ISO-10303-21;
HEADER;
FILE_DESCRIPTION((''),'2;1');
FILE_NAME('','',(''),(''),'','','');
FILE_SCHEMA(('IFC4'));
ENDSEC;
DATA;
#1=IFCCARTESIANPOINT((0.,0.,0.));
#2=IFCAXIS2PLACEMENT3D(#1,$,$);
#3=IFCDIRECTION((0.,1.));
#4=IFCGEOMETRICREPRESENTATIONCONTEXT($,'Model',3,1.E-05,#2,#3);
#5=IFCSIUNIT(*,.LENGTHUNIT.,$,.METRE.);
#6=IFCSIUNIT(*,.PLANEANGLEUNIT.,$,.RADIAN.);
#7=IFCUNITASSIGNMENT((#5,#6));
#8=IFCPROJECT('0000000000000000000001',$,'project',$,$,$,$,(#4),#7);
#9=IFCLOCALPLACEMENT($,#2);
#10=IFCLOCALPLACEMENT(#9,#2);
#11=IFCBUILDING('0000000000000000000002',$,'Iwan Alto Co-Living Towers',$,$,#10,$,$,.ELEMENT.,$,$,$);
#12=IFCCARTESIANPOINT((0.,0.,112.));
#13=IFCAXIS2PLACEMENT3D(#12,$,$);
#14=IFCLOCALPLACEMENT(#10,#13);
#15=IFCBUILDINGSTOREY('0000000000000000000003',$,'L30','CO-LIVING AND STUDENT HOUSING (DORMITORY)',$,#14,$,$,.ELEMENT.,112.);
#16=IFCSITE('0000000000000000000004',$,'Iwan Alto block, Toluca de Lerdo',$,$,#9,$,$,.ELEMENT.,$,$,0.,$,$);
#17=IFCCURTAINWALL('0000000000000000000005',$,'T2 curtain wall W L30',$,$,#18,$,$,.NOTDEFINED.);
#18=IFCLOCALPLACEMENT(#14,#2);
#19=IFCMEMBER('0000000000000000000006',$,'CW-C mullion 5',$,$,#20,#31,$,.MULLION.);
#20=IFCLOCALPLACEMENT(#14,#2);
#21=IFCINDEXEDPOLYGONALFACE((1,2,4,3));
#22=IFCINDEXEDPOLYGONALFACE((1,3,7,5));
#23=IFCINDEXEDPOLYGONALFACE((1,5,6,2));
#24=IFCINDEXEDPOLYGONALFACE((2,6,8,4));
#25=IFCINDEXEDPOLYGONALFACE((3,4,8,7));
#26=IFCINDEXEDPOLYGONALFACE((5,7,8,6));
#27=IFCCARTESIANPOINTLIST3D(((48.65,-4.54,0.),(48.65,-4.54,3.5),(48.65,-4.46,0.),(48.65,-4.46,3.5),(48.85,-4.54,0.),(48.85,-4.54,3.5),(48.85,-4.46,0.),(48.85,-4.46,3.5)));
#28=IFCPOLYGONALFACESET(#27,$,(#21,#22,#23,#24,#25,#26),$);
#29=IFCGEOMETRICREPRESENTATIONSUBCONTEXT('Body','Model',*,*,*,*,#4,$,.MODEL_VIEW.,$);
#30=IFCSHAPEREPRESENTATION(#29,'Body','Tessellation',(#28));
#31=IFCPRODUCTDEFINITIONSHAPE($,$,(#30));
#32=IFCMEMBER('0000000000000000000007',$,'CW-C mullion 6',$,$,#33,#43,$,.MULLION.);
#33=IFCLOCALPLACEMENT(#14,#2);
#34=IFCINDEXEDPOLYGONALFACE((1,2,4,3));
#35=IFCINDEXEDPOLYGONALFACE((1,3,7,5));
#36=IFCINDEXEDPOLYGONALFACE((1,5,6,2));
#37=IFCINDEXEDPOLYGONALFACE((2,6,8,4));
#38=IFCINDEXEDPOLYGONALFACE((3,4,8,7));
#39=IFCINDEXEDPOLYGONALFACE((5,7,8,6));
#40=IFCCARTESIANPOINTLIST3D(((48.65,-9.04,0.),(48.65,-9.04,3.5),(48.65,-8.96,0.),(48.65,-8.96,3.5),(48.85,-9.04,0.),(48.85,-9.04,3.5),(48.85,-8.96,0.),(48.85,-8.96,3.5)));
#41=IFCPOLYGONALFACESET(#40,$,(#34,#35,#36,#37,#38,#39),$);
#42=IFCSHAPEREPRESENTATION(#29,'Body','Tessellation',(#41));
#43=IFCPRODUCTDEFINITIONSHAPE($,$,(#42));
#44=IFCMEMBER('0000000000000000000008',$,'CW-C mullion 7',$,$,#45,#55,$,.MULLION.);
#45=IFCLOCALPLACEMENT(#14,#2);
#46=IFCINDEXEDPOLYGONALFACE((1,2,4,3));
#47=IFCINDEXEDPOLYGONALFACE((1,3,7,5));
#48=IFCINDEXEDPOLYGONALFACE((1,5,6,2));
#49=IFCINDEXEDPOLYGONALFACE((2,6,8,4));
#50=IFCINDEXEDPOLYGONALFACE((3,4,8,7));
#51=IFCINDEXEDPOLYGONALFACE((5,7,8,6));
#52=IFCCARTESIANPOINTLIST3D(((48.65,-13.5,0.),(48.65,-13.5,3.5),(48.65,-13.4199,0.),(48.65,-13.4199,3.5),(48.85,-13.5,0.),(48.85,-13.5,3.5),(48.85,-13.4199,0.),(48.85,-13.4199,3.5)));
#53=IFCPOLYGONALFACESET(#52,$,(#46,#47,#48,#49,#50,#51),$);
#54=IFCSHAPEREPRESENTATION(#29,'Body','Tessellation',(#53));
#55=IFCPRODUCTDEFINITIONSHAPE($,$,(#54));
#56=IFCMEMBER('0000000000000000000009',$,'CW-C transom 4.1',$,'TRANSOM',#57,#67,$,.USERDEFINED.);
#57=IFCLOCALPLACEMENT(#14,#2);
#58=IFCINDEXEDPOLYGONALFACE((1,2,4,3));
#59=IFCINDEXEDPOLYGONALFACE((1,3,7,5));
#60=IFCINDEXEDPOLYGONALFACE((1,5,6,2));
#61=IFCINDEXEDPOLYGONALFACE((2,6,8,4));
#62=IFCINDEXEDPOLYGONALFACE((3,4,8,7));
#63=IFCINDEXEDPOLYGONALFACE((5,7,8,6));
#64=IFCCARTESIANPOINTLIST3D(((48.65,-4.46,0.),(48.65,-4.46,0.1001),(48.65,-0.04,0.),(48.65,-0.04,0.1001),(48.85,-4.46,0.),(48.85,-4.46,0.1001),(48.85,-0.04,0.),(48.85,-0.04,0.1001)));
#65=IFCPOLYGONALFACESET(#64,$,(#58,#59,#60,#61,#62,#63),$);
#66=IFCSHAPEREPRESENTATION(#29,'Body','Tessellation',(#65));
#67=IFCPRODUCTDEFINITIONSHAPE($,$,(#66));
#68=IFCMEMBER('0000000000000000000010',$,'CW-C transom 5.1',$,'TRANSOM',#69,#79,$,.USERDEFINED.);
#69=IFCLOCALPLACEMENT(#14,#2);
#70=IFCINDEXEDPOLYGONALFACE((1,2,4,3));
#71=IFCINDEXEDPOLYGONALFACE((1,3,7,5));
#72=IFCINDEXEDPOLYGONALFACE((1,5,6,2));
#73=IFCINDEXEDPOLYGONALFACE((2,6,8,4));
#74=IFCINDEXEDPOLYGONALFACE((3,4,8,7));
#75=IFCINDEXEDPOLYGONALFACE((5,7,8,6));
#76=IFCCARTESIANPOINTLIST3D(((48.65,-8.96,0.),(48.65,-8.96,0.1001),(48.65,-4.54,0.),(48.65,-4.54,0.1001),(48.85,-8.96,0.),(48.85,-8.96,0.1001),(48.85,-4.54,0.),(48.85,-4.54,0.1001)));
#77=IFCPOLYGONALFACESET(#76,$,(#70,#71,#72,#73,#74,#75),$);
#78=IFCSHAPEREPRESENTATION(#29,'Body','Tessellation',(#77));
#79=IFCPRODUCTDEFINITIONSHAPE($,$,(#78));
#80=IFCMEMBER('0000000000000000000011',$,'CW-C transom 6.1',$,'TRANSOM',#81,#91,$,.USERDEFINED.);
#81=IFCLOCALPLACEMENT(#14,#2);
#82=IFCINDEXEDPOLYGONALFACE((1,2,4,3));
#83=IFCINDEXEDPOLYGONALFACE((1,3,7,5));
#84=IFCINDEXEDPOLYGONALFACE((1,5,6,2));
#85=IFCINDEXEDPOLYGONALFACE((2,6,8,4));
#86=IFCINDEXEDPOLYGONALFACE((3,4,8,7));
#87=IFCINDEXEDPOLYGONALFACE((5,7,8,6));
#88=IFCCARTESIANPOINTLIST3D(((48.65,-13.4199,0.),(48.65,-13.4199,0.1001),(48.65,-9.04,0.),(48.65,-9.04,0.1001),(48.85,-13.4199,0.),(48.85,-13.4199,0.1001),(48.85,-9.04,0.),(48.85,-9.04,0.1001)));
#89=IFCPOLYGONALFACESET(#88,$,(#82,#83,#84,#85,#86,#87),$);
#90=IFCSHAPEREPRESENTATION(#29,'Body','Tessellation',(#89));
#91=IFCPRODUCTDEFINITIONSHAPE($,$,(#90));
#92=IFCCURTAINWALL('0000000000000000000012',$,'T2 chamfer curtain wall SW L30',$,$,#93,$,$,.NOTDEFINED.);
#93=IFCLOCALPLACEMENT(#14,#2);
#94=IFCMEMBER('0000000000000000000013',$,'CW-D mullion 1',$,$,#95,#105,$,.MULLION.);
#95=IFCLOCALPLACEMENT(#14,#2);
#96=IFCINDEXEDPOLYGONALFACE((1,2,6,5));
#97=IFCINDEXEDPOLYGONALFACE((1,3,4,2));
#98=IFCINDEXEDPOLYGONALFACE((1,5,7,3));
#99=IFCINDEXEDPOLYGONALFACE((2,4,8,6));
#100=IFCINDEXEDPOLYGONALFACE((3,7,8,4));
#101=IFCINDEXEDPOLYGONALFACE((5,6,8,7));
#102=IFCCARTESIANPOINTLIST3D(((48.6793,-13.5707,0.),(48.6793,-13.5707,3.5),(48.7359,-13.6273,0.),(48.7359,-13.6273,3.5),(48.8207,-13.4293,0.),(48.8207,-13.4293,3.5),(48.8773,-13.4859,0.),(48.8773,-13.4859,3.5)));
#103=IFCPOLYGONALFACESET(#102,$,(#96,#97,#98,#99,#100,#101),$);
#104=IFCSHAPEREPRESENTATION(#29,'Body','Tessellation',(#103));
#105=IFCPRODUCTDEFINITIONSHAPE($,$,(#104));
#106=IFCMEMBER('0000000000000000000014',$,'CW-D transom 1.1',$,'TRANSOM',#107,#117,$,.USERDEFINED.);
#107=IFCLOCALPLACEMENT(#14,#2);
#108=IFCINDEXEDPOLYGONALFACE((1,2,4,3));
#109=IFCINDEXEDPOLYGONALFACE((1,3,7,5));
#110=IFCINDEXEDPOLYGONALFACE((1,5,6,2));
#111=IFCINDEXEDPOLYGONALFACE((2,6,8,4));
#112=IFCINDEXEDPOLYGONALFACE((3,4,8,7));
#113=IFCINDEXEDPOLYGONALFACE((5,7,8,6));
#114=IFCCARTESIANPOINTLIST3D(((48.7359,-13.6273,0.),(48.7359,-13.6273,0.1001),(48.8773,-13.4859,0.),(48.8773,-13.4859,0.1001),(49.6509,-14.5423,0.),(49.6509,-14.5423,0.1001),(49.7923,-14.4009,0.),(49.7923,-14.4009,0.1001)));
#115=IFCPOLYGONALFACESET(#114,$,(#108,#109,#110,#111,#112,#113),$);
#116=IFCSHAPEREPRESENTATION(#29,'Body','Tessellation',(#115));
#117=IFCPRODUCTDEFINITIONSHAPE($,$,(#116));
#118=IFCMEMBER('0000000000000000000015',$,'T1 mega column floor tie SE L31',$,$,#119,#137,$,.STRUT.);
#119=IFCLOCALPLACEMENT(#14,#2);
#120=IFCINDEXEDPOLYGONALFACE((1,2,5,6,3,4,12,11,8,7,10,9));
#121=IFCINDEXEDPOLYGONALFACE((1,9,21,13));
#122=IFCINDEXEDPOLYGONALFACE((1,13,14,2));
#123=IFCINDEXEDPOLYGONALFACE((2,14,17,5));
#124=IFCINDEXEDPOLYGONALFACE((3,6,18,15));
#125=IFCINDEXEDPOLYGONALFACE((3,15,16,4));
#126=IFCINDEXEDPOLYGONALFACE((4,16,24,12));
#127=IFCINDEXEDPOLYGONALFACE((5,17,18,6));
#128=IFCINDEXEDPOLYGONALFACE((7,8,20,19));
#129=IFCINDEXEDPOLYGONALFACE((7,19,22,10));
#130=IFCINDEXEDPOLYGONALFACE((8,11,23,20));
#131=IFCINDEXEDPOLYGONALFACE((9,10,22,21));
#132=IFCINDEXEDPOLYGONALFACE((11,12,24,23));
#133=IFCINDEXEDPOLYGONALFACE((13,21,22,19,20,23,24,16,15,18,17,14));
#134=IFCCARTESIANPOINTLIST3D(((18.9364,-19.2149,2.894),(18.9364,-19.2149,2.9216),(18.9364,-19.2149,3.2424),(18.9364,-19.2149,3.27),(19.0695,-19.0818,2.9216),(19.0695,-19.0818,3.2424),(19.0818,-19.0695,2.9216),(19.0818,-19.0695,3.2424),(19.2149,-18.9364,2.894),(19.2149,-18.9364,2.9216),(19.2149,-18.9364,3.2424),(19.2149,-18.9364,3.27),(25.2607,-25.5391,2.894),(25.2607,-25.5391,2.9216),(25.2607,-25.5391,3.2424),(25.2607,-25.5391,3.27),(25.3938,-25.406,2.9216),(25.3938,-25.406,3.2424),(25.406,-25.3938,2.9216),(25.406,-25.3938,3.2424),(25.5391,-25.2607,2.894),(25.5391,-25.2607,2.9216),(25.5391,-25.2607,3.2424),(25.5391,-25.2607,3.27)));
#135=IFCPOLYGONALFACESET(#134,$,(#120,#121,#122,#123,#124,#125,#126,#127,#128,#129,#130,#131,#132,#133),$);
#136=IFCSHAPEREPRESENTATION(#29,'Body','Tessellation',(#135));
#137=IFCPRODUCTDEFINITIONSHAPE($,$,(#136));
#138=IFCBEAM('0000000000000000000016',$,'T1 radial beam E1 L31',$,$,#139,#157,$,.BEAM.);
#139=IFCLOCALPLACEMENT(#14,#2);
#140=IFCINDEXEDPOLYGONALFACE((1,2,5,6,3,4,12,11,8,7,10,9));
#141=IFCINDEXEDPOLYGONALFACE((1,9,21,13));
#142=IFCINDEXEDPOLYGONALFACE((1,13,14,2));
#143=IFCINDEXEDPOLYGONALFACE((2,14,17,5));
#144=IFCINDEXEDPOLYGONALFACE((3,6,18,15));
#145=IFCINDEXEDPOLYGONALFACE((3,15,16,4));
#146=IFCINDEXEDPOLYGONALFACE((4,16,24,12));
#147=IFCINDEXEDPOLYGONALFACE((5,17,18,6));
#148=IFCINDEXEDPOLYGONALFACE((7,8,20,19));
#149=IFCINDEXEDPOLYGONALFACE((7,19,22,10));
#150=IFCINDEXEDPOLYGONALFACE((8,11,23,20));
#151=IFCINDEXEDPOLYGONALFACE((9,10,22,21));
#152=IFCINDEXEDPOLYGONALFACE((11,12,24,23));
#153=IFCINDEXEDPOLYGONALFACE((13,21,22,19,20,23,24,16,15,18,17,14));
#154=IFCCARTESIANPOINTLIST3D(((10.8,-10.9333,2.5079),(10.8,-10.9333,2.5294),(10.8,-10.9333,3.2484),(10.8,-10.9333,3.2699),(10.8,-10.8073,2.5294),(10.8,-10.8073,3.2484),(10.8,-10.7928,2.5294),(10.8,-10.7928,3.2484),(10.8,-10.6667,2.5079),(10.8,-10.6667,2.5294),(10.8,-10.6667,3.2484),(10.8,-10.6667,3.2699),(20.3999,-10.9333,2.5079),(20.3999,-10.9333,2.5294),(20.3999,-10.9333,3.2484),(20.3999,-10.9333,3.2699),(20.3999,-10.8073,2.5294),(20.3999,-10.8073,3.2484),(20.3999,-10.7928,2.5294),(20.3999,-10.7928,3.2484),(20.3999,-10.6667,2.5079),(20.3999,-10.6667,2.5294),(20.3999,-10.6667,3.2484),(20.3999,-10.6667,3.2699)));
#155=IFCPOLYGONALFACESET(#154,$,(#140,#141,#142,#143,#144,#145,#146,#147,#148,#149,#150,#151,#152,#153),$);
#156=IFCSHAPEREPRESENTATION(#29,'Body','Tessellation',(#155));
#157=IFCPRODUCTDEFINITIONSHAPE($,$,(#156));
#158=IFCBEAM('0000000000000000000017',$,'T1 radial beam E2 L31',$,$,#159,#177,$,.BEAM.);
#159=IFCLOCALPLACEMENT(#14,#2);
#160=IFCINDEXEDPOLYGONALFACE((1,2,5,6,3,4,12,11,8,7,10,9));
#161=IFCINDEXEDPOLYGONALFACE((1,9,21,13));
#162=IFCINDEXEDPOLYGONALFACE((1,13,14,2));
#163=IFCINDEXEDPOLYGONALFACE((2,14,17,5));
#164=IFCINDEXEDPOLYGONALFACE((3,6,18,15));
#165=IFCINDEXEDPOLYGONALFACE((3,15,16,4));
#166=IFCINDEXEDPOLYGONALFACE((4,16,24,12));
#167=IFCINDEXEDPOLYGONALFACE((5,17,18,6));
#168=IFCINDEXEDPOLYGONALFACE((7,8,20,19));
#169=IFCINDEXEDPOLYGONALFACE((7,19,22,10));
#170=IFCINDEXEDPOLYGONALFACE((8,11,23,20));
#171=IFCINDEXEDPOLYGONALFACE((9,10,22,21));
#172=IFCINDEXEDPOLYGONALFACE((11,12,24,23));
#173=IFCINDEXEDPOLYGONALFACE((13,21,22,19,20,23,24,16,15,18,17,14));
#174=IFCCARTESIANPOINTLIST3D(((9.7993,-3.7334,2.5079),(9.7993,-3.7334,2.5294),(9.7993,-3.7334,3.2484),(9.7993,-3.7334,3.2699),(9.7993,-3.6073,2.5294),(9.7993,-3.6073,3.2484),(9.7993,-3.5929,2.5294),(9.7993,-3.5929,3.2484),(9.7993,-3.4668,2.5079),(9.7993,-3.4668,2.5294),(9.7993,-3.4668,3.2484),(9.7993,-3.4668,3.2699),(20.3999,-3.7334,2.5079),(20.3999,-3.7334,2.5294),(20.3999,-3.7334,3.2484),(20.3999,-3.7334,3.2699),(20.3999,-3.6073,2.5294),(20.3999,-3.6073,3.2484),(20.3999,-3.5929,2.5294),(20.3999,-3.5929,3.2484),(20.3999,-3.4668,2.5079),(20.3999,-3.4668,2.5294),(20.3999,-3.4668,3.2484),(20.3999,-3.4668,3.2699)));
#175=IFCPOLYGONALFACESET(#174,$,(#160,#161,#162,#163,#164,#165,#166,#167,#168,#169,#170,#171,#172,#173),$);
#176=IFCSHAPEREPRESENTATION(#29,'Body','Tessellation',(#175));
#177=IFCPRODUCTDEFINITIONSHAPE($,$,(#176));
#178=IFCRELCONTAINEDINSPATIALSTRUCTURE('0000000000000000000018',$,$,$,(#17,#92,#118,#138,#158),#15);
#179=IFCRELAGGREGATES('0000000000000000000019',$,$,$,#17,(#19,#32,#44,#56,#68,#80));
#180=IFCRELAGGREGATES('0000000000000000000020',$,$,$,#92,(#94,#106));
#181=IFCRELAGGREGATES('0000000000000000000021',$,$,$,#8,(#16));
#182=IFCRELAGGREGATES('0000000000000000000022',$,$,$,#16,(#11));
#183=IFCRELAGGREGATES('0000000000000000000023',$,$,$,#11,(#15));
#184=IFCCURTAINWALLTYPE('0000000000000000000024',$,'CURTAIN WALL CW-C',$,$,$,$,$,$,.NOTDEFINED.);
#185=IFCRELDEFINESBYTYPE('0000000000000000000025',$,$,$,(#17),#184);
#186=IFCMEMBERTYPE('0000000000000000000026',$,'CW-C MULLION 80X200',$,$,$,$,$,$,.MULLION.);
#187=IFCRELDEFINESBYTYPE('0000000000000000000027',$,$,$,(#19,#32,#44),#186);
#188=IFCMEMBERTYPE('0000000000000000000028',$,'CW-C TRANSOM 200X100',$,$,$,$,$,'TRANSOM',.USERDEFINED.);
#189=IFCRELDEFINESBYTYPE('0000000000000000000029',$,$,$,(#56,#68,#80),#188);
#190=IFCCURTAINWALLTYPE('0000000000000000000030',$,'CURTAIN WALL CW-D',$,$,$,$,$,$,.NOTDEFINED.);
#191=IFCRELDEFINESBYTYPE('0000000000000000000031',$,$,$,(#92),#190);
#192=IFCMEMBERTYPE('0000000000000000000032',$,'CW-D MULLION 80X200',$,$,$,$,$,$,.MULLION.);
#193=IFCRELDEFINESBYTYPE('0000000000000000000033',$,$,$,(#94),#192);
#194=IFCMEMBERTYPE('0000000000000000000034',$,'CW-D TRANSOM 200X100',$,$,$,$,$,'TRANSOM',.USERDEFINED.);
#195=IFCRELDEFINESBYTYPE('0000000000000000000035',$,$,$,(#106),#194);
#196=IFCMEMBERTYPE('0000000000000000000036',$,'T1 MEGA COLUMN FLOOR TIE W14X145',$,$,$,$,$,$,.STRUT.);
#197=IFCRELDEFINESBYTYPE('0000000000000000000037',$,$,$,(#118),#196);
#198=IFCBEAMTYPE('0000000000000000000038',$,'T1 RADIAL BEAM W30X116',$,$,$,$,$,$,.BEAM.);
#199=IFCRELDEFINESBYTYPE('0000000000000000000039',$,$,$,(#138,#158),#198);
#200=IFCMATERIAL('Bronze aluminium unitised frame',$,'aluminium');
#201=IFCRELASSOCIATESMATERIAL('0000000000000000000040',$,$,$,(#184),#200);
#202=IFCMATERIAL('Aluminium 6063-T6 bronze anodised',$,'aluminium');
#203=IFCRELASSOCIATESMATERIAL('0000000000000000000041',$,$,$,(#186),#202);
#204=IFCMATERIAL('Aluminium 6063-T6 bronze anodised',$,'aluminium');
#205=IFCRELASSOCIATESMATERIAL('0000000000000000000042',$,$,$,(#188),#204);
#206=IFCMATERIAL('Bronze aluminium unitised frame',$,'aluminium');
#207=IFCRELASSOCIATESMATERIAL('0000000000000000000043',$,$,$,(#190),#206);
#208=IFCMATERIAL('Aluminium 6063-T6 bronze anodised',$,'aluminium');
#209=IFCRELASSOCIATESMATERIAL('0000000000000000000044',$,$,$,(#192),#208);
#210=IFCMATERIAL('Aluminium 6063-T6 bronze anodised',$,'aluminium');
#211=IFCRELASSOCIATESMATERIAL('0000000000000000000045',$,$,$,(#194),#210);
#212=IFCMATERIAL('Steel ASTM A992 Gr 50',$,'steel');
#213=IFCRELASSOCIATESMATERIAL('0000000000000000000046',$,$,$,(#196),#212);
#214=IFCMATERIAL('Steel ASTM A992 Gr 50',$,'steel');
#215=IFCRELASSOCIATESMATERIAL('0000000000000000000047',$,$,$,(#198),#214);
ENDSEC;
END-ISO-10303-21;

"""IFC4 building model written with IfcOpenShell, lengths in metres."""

from ifc_helpers import new_model, si_unit, direction, frame, origin, origin_2d, place, context, subcontext, project, spatial, rectangle, i_section, extrude, material, material_profile, profile_set, type_object, element, aggregate, save


model = new_model("IFC4")

# Units and contexts
model_context = context("Model", 3, precision=1e-05, world=origin(), true_north=direction((0.0, 1.0)))
body_context = subcontext(model_context, "Body", "Model", "MODEL_VIEW")
ifc_project = project(units=[si_unit("LENGTHUNIT", "METRE"), si_unit("PLANEANGLEUNIT", "RADIAN")], contexts=[model_context])

# Site, building, storey
site_placement = place(None, origin())
site = spatial("IfcSite", under=ifc_project, at=site_placement, Name="Iwan Alto block, Toluca de Lerdo", CompositionType="ELEMENT", RefElevation=0.0)
building_placement = place(site_placement, origin())
building = spatial("IfcBuilding", under=site, at=building_placement, Name="Iwan Alto Co-Living Towers", CompositionType="ELEMENT")
storey_placement = place(building_placement, frame((0.0, 0.0, 112.0)))
storey = spatial("IfcBuildingStorey", under=building, at=storey_placement, Name="L30", Description="CO-LIVING AND STUDENT HOUSING (DORMITORY)", CompositionType="ELEMENT", Elevation=112.0)

# Curtain walls, members
ifc_material_1 = material(Name="Bronze aluminium unitised frame", Category="aluminium")
curtain_wall_type_1 = type_object("IfcCurtainWallType", Name="CURTAIN WALL CW-C", PredefinedType="NOTDEFINED", material=ifc_material_1)
curtain_wall_1_placement = place(storey_placement, origin())
curtain_wall_1 = element("IfcCurtainWall", 1, at=curtain_wall_1_placement, inside=storey, type_object=curtain_wall_type_1, Name="T2 curtain wall W L30", PredefinedType="NOTDEFINED")
ifc_material_2 = material(Name="Aluminium 6063-T6 bronze anodised", Category="aluminium")
ifc_material_profile_1 = material_profile(ifc_material_2, rectangle(XDim=0.2, YDim=0.0801, at=origin_2d()), Name="AL 80X200")
ifc_profile_set_1 = profile_set([ifc_material_profile_1], Name="Aluminium 6063-T6 bronze anodised")
member_type_1 = type_object("IfcMemberType", Name="CW-C MULLION 80X200", PredefinedType="MULLION", material=ifc_profile_set_1)
member_1_placement = place(storey_placement, frame((48.75, -4.5, 0.0), z_axis=(0.0, 0.0, 1.0), x_axis=(1.0, 0.0, 0.0)))
member_1 = element("IfcMember", 2, at=member_1_placement, type_object=member_type_1, Name="CW-C mullion 5", PredefinedType="MULLION", context=body_context, shape_type="SweptSolid", body=[
    extrude(rectangle(XDim=0.2, YDim=0.0801, at=origin_2d()), origin(), (0.0, 0.0, 1.0), 3.5),
])
member_2_placement = place(storey_placement, frame((48.75, -9.0, 0.0), z_axis=(0.0, 0.0, 1.0), x_axis=(1.0, 0.0, 0.0)))
member_2 = element("IfcMember", 3, at=member_2_placement, type_object=member_type_1, Name="CW-C mullion 6", PredefinedType="MULLION", context=body_context, shape_type="SweptSolid", body=[
    extrude(rectangle(XDim=0.2, YDim=0.0801, at=origin_2d()), origin(), (0.0, 0.0, 1.0), 3.5),
])
member_3_placement = place(storey_placement, frame((48.75, -13.46, 0.0), z_axis=(0.0, 0.0, 1.0), x_axis=(1.0, 0.0, 0.0)))
member_3 = element("IfcMember", 4, at=member_3_placement, type_object=member_type_1, Name="CW-C mullion 7", PredefinedType="MULLION", context=body_context, shape_type="SweptSolid", body=[
    extrude(rectangle(XDim=0.2, YDim=0.0801, at=origin_2d()), origin(), (0.0, 0.0, 1.0), 3.5),
])
ifc_material_3 = material(Name="Aluminium 6063-T6 bronze anodised", Category="aluminium")
ifc_material_profile_2 = material_profile(ifc_material_3, rectangle(XDim=0.2, YDim=0.1001, at=origin_2d()), Name="AL 200X100")
ifc_profile_set_2 = profile_set([ifc_material_profile_2], Name="Aluminium 6063-T6 bronze anodised")
member_type_2 = type_object("IfcMemberType", Name="CW-C TRANSOM 200X100", ElementType="TRANSOM", PredefinedType="USERDEFINED", material=ifc_profile_set_2)
member_4_placement = place(storey_placement, frame((48.75, -0.04, 0.05), z_axis=(0.0, -1.0, 0.0), x_axis=(1.0, 0.0, 0.0)))
member_4 = element("IfcMember", 5, at=member_4_placement, type_object=member_type_2, Name="CW-C transom 4.1", ObjectType="TRANSOM", PredefinedType="USERDEFINED", context=body_context, shape_type="SweptSolid", body=[
    extrude(rectangle(XDim=0.2, YDim=0.1001, at=origin_2d()), origin(), (0.0, 0.0, 1.0), 4.4199),
])
member_5_placement = place(storey_placement, frame((48.75, -4.54, 0.05), z_axis=(0.0, -1.0, 0.0), x_axis=(1.0, 0.0, 0.0)))
member_5 = element("IfcMember", 6, at=member_5_placement, type_object=member_type_2, Name="CW-C transom 5.1", ObjectType="TRANSOM", PredefinedType="USERDEFINED", context=body_context, shape_type="SweptSolid", body=[
    extrude(rectangle(XDim=0.2, YDim=0.1001, at=origin_2d()), origin(), (0.0, 0.0, 1.0), 4.4199),
])
member_6_placement = place(storey_placement, frame((48.75, -9.04, 0.05), z_axis=(0.0, -1.0, 0.0), x_axis=(1.0, 0.0, 0.0)))
member_6 = element("IfcMember", 7, at=member_6_placement, type_object=member_type_2, Name="CW-C transom 6.1", ObjectType="TRANSOM", PredefinedType="USERDEFINED", context=body_context, shape_type="SweptSolid", body=[
    extrude(rectangle(XDim=0.2, YDim=0.1001, at=origin_2d()), origin(), (0.0, 0.0, 1.0), 4.3799),
])
ifc_material_4 = material(Name="Bronze aluminium unitised frame", Category="aluminium")
curtain_wall_type_2 = type_object("IfcCurtainWallType", Name="CURTAIN WALL CW-D", PredefinedType="NOTDEFINED", material=ifc_material_4)
curtain_wall_2_placement = place(storey_placement, origin())
curtain_wall_2 = element("IfcCurtainWall", 8, at=curtain_wall_2_placement, inside=storey, type_object=curtain_wall_type_2, Name="T2 chamfer curtain wall SW L30", PredefinedType="NOTDEFINED")
ifc_material_5 = material(Name="Aluminium 6063-T6 bronze anodised", Category="aluminium")
ifc_material_profile_3 = material_profile(ifc_material_5, rectangle(XDim=0.2, YDim=0.0801, at=origin_2d()), Name="AL 80X200")
ifc_profile_set_3 = profile_set([ifc_material_profile_3], Name="Aluminium 6063-T6 bronze anodised")
member_type_3 = type_object("IfcMemberType", Name="CW-D MULLION 80X200", PredefinedType="MULLION", material=ifc_profile_set_3)
member_7_placement = place(storey_placement, frame((48.7783, -13.5283, 0.0), z_axis=(0.0, 0.0, 1.0), x_axis=(0.707107, 0.707107, 0.0)))
member_7 = element("IfcMember", 9, at=member_7_placement, type_object=member_type_3, Name="CW-D mullion 1", PredefinedType="MULLION", context=body_context, shape_type="SweptSolid", body=[
    extrude(rectangle(XDim=0.2, YDim=0.0801, at=origin_2d()), origin(), (0.0, 0.0, 1.0), 3.5),
])
ifc_material_6 = material(Name="Aluminium 6063-T6 bronze anodised", Category="aluminium")
ifc_material_profile_4 = material_profile(ifc_material_6, rectangle(XDim=0.2, YDim=0.1001, at=origin_2d()), Name="AL 200X100")
ifc_profile_set_4 = profile_set([ifc_material_profile_4], Name="Aluminium 6063-T6 bronze anodised")
member_type_4 = type_object("IfcMemberType", Name="CW-D TRANSOM 200X100", ElementType="TRANSOM", PredefinedType="USERDEFINED", material=ifc_profile_set_4)
member_8_placement = place(storey_placement, frame((48.8066, -13.5566, 0.05), z_axis=(0.707107, -0.707107, 0.0), x_axis=(0.707107, 0.707107, 0.0)))
member_8 = element("IfcMember", 10, at=member_8_placement, type_object=member_type_4, Name="CW-D transom 1.1", ObjectType="TRANSOM", PredefinedType="USERDEFINED", context=body_context, shape_type="SweptSolid", body=[
    extrude(rectangle(XDim=0.2, YDim=0.1001, at=origin_2d()), origin(), (0.0, 0.0, 1.0), 1.2939),
])

# Member
ifc_material_7 = material(Name="Steel ASTM A992 Gr 50", Category="steel")
ifc_material_profile_5 = material_profile(ifc_material_7, i_section(OverallWidth=0.3938, OverallDepth=0.376, WebThickness=0.0173, FlangeThickness=0.0276, at=origin_2d()), Name="W14X145")
ifc_profile_set_5 = profile_set([ifc_material_profile_5], Name="Steel ASTM A992 Gr 50")
member_type_5 = type_object("IfcMemberType", Name="T1 MEGA COLUMN FLOOR TIE W14X145", PredefinedType="STRUT", material=ifc_profile_set_5)
member_9_placement = place(storey_placement, frame((25.3999, -25.3999, 3.082), z_axis=(-0.707107, 0.707107, 0.0), x_axis=(-0.707107, -0.707107, 0.0)))
element("IfcMember", 11, at=member_9_placement, inside=storey, type_object=member_type_5, Name="T1 mega column floor tie SE L31", PredefinedType="STRUT", context=body_context, shape_type="SweptSolid", body=[
    extrude(i_section(OverallWidth=0.3938, OverallDepth=0.376, WebThickness=0.0173, FlangeThickness=0.0276, at=origin_2d()), origin(), (0.0, 0.0, 1.0), 8.9438),
])

# Beams
ifc_material_8 = material(Name="Steel ASTM A992 Gr 50", Category="steel")
ifc_material_profile_6 = material_profile(ifc_material_8, i_section(OverallWidth=0.2666, OverallDepth=0.762, WebThickness=0.0144, FlangeThickness=0.0215, at=origin_2d()), Name="W30X116")
ifc_profile_set_6 = profile_set([ifc_material_profile_6], Name="Steel ASTM A992 Gr 50")
beam_type_1 = type_object("IfcBeamType", Name="T1 RADIAL BEAM W30X116", PredefinedType="BEAM", material=ifc_profile_set_6)
beam_1_placement = place(storey_placement, frame((20.3999, -10.8, 2.8889), z_axis=(-1.0, 0.0, 0.0), x_axis=(0.0, -1.0, 0.0)))
element("IfcBeam", 12, at=beam_1_placement, inside=storey, type_object=beam_type_1, Name="T1 radial beam E1 L31", PredefinedType="BEAM", context=body_context, shape_type="SweptSolid", body=[
    extrude(i_section(OverallWidth=0.2666, OverallDepth=0.762, WebThickness=0.0144, FlangeThickness=0.0215, at=origin_2d()), origin(), (0.0, 0.0, 1.0), 9.5999),
])
beam_2_placement = place(storey_placement, frame((20.3999, -3.6001, 2.8889), z_axis=(-1.0, 0.0, 0.0), x_axis=(0.0, -1.0, 0.0)))
element("IfcBeam", 13, at=beam_2_placement, inside=storey, type_object=beam_type_1, Name="T1 radial beam E2 L31", PredefinedType="BEAM", context=body_context, shape_type="SweptSolid", body=[
    extrude(i_section(OverallWidth=0.2666, OverallDepth=0.762, WebThickness=0.0144, FlangeThickness=0.0215, at=origin_2d()), origin(), (0.0, 0.0, 1.0), 10.6006),
])

aggregate(curtain_wall_1, [member_1, member_2, member_3, member_4, member_5, member_6])
aggregate(curtain_wall_2, [member_7, member_8])

save(model, "model.ifc")
